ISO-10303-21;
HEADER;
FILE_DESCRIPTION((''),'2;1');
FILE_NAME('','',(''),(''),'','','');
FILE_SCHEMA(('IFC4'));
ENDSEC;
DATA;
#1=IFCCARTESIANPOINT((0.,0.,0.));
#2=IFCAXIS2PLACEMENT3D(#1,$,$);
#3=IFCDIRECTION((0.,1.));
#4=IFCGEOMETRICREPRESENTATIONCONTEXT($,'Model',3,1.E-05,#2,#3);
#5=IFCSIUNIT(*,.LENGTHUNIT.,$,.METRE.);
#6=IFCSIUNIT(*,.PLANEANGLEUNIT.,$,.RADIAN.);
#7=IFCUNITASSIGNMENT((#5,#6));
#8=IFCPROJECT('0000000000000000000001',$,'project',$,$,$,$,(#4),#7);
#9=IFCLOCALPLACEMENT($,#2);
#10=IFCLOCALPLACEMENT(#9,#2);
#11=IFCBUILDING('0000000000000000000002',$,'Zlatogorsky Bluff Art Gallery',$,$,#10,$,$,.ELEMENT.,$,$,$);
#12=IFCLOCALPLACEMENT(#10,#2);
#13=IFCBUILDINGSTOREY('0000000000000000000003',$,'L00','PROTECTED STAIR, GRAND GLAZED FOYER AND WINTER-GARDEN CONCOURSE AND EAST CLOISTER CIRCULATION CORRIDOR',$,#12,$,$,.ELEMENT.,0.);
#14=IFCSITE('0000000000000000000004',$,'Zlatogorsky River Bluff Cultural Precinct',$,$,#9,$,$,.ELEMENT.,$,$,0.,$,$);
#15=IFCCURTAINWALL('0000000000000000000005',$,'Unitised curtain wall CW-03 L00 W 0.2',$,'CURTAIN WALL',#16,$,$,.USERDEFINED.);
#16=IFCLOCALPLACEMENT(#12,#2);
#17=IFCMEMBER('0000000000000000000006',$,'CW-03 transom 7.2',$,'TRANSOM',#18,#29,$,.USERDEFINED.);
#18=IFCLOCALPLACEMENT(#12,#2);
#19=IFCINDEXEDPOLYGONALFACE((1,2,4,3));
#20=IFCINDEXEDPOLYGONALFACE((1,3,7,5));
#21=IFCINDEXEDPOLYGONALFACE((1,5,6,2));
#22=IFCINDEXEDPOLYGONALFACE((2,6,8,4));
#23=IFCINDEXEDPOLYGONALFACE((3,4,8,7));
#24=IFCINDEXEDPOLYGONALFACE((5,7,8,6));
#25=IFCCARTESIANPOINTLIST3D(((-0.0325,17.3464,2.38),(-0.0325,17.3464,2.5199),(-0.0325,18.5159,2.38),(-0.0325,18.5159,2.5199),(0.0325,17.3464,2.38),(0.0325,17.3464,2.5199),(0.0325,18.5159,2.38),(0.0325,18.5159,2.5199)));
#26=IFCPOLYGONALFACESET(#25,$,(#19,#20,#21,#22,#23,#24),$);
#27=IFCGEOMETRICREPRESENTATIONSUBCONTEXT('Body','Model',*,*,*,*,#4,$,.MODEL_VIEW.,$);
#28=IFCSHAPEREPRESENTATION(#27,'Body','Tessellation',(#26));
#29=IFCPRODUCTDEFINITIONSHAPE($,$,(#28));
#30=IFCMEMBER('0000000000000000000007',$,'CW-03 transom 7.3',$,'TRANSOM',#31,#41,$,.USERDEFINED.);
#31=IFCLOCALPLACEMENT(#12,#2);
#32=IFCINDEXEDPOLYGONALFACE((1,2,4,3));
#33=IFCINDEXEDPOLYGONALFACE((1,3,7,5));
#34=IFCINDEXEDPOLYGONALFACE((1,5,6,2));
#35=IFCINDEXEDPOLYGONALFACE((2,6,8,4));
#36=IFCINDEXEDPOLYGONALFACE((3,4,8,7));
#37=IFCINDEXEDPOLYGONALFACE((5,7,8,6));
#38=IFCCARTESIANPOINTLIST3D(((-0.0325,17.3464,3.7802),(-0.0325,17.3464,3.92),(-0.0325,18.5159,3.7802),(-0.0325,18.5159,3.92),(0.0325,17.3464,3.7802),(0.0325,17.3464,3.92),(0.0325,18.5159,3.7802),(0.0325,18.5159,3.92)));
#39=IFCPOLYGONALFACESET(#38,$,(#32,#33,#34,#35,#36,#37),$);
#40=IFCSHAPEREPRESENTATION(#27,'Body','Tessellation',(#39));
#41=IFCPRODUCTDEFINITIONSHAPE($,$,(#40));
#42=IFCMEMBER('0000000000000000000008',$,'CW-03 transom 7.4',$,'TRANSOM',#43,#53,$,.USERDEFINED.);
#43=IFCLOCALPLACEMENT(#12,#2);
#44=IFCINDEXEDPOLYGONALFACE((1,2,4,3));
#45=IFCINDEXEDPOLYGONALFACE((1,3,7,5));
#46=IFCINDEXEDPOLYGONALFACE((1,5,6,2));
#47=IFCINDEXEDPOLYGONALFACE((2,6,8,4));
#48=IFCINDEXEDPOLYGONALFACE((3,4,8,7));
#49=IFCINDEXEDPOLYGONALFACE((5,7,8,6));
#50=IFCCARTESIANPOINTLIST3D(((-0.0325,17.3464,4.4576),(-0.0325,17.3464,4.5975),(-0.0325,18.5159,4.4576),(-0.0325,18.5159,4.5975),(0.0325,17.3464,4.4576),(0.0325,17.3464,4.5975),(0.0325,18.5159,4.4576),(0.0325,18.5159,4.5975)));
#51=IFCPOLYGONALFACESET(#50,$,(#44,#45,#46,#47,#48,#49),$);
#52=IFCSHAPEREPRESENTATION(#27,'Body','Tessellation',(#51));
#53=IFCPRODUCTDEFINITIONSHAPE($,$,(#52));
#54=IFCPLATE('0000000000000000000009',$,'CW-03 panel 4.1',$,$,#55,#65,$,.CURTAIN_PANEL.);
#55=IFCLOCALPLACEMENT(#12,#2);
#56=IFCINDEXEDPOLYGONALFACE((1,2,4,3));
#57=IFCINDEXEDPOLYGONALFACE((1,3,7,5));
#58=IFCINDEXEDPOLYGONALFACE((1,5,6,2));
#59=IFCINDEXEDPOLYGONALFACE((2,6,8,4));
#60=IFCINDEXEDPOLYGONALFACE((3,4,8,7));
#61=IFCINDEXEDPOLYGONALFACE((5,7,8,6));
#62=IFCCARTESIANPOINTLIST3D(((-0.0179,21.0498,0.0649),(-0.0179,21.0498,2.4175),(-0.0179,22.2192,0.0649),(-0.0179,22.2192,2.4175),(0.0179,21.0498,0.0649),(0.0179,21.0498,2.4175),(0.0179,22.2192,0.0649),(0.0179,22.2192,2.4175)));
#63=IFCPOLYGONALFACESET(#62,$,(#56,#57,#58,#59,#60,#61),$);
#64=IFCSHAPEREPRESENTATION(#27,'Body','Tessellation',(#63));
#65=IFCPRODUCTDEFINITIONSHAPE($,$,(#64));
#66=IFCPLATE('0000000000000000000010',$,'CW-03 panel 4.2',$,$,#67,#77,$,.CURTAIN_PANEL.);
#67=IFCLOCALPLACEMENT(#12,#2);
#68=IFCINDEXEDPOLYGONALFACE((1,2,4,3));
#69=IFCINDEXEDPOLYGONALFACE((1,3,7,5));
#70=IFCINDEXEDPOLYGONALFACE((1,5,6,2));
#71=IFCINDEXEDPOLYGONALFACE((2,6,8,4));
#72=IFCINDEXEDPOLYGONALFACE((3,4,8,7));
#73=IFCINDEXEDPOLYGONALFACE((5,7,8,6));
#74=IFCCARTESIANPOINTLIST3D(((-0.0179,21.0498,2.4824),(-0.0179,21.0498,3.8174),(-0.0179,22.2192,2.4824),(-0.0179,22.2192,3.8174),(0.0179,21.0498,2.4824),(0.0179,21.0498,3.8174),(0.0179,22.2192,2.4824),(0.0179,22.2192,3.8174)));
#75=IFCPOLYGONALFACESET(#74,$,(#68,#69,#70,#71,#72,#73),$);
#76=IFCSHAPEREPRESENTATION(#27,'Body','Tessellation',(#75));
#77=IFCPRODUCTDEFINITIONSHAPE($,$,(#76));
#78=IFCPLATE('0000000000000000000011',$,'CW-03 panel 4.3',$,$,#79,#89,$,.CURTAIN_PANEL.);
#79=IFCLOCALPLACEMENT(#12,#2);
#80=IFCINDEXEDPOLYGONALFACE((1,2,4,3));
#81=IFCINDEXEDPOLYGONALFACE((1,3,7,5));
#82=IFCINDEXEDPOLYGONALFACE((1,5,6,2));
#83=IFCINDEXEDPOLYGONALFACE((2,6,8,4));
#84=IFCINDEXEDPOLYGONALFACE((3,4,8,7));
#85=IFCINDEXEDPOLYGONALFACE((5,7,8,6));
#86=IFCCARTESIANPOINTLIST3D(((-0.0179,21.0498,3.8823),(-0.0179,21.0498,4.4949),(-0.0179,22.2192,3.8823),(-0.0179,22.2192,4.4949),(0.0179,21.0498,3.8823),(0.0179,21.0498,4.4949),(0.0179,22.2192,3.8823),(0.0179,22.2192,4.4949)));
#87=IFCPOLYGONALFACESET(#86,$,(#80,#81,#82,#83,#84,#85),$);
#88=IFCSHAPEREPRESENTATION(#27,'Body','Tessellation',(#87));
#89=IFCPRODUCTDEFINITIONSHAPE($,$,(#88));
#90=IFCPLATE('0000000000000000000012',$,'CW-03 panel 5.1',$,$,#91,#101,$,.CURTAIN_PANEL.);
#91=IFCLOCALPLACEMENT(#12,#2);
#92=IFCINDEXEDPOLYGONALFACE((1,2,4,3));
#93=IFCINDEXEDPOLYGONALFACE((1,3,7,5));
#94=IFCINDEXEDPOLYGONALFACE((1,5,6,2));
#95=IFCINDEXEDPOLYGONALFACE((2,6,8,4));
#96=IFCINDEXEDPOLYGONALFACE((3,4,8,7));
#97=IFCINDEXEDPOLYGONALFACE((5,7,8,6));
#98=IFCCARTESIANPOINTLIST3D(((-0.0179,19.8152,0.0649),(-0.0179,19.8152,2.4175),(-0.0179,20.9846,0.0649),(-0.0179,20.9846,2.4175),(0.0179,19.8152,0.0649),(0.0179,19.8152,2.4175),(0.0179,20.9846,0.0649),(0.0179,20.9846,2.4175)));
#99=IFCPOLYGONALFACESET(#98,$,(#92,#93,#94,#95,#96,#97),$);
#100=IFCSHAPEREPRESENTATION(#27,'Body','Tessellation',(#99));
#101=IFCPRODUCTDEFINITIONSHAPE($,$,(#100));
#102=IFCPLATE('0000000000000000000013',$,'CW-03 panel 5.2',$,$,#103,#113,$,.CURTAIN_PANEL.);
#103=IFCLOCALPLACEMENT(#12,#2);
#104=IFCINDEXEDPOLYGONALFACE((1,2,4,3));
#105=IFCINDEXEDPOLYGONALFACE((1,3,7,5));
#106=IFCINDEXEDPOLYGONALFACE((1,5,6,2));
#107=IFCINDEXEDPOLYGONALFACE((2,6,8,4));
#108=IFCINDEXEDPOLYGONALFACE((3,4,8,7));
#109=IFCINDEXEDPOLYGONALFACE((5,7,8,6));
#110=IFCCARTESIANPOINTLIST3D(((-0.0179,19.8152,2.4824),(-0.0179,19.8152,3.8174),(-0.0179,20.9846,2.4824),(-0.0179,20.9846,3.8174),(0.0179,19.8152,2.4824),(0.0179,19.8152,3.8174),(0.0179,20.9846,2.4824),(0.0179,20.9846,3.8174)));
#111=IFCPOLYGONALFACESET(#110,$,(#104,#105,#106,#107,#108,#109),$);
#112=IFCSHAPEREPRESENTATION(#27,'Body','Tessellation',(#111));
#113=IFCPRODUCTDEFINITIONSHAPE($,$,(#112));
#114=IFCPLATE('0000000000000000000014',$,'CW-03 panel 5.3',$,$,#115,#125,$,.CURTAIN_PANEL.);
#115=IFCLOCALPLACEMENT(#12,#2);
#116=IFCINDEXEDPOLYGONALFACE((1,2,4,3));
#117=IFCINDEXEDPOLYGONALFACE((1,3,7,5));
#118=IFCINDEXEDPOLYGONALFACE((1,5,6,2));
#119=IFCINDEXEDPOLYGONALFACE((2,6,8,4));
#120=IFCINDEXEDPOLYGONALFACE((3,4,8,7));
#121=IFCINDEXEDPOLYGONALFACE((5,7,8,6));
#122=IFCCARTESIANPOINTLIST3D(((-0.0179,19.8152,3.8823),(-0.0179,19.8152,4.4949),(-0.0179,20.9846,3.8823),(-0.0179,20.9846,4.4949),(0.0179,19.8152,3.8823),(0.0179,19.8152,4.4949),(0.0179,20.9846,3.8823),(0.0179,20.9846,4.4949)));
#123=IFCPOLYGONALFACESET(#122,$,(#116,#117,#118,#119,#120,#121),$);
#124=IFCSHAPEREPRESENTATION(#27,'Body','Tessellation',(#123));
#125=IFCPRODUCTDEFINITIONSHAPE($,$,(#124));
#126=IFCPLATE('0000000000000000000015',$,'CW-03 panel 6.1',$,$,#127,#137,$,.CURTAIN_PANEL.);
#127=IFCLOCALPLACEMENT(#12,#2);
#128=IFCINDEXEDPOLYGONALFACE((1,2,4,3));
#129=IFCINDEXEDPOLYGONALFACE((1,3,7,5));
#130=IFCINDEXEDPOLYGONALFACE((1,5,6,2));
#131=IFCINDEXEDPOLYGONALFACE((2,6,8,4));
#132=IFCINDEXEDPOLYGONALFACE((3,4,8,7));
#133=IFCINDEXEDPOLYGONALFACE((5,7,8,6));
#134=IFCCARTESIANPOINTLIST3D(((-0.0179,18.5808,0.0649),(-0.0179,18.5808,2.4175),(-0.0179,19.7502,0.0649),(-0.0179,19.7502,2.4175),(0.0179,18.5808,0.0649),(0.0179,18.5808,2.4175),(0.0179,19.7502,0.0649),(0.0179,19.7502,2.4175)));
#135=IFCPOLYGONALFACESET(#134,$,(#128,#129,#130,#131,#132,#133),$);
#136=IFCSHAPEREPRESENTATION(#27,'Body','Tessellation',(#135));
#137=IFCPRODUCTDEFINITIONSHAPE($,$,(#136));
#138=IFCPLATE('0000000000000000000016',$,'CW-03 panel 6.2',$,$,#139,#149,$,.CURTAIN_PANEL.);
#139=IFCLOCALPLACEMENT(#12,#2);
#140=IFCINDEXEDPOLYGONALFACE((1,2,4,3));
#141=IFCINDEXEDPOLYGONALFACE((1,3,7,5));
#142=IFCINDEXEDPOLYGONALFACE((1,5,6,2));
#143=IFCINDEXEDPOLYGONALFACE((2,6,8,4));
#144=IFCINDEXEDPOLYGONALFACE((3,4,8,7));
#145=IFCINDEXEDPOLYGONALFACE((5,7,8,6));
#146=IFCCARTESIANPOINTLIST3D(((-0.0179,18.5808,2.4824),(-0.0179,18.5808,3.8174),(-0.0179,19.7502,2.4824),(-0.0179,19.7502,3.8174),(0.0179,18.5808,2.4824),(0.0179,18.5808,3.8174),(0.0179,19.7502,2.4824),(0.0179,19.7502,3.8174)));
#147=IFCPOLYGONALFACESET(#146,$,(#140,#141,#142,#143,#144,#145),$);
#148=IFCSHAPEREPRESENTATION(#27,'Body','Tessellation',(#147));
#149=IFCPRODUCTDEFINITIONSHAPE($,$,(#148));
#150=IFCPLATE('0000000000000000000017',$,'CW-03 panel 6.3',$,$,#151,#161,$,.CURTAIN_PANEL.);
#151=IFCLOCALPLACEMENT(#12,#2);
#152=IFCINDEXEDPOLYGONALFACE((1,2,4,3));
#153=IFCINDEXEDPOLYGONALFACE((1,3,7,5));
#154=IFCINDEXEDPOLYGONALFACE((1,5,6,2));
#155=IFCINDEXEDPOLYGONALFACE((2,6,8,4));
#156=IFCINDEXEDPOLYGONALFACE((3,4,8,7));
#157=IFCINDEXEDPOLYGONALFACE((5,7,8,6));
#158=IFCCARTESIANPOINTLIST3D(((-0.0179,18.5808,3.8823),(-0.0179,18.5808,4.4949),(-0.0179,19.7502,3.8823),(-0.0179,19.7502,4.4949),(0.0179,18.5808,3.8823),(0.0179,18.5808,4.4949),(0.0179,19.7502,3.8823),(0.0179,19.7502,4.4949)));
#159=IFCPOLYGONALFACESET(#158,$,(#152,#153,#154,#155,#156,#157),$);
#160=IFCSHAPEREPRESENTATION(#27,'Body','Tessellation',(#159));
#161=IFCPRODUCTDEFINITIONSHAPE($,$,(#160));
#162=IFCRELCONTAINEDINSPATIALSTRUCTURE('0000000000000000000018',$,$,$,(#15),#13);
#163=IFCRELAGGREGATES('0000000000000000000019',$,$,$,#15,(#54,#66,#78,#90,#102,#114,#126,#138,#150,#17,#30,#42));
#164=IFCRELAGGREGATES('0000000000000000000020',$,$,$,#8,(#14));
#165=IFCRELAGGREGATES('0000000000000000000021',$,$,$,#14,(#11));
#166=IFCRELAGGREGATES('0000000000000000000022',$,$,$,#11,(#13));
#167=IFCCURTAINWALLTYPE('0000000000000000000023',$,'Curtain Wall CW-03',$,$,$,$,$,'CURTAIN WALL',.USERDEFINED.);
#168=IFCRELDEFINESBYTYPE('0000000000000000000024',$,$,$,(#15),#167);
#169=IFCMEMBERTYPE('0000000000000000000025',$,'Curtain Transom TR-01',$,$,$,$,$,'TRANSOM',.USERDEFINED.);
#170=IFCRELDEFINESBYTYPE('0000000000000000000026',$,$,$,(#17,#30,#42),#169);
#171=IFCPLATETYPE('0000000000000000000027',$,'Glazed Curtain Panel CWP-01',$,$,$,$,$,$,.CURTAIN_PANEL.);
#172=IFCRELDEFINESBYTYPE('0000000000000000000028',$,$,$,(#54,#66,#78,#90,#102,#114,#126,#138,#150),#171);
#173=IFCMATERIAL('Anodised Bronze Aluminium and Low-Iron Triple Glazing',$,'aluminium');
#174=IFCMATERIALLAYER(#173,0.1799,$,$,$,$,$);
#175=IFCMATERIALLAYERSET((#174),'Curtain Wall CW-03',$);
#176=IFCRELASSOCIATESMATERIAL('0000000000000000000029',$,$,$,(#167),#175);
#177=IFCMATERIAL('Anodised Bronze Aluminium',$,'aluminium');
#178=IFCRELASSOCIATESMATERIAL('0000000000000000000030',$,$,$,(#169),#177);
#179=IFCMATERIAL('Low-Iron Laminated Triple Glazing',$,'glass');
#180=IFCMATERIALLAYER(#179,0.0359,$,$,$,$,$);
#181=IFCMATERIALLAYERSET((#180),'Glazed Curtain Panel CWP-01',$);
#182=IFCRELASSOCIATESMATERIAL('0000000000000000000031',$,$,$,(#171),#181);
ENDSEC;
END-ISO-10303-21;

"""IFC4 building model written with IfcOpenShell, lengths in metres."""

from ifc_helpers import new_model, si_unit, direction, frame, origin, origin_2d, place, context, subcontext, project, spatial, rectangle, extrude, material, layer, layer_set, material_profile, profile_set, type_object, element, aggregate, save


model = new_model("IFC4")

# Units and contexts
model_context = context("Model", 3, precision=1e-05, world=origin(), true_north=direction((0.0, 1.0)))
body_context = subcontext(model_context, "Body", "Model", "MODEL_VIEW")
ifc_project = project(units=[si_unit("LENGTHUNIT", "METRE"), si_unit("PLANEANGLEUNIT", "RADIAN")], contexts=[model_context])

# Site, building, storey
site_placement = place(None, origin())
site = spatial("IfcSite", under=ifc_project, at=site_placement, Name="Zlatogorsky River Bluff Cultural Precinct", CompositionType="ELEMENT", RefElevation=0.0)
building_placement = place(site_placement, origin())
building = spatial("IfcBuilding", under=site, at=building_placement, Name="Zlatogorsky Bluff Art Gallery", CompositionType="ELEMENT")
storey_placement = place(building_placement, origin())
storey = spatial("IfcBuildingStorey", under=building, at=storey_placement, Name="L00", Description="PROTECTED STAIR, GRAND GLAZED FOYER AND WINTER-GARDEN CONCOURSE AND EAST CLOISTER CIRCULATION CORRIDOR", CompositionType="ELEMENT", Elevation=0.0)

# Curtain wall, members, plates
ifc_material_1 = material(Name="Anodised Bronze Aluminium and Low-Iron Triple Glazing", Category="aluminium")
ifc_layer_1 = layer(ifc_material_1, 0.1799)
ifc_layer_set_1 = layer_set([ifc_layer_1], Name="Curtain Wall CW-03")
curtain_wall_type = type_object("IfcCurtainWallType", Name="Curtain Wall CW-03", ElementType="CURTAIN WALL", PredefinedType="USERDEFINED", material=ifc_layer_set_1)
curtain_wall_placement = place(storey_placement, origin())
curtain_wall = element("IfcCurtainWall", 1, at=curtain_wall_placement, inside=storey, type_object=curtain_wall_type, Name="Unitised curtain wall CW-03 L00 W 0.2", ObjectType="CURTAIN WALL", PredefinedType="USERDEFINED")
ifc_material_2 = material(Name="Anodised Bronze Aluminium", Category="aluminium")
ifc_material_profile_1 = material_profile(ifc_material_2, rectangle(XDim=0.0649, YDim=0.1399, at=origin_2d()), Name="ALU TRANSOM 65x140")
ifc_profile_set_1 = profile_set([ifc_material_profile_1], Name="Anodised Bronze Aluminium")
member_type_1 = type_object("IfcMemberType", Name="Curtain Transom TR-01", ElementType="TRANSOM", PredefinedType="USERDEFINED", material=ifc_profile_set_1)
member_1_placement = place(storey_placement, frame((0.0, 18.5159, 2.45), z_axis=(0.0, -1.0, 0.0), x_axis=(1.0, 0.0, 0.0)))
member_1 = element("IfcMember", 2, at=member_1_placement, type_object=member_type_1, Name="CW-03 transom 7.2", ObjectType="TRANSOM", PredefinedType="USERDEFINED", context=body_context, shape_type="SweptSolid", body=[
    extrude(rectangle(XDim=0.0649, YDim=0.1399, at=origin_2d()), origin(), (0.0, 0.0, 1.0), 1.1694),
])
member_2_placement = place(storey_placement, frame((0.0, 18.5159, 3.8501), z_axis=(0.0, -1.0, 0.0), x_axis=(1.0, 0.0, 0.0)))
member_2 = element("IfcMember", 3, at=member_2_placement, type_object=member_type_1, Name="CW-03 transom 7.3", ObjectType="TRANSOM", PredefinedType="USERDEFINED", context=body_context, shape_type="SweptSolid", body=[
    extrude(rectangle(XDim=0.0649, YDim=0.1399, at=origin_2d()), origin(), (0.0, 0.0, 1.0), 1.1694),
])
member_3_placement = place(storey_placement, frame((0.0, 18.5159, 4.5276), z_axis=(0.0, -1.0, 0.0), x_axis=(1.0, 0.0, 0.0)))
member_3 = element("IfcMember", 4, at=member_3_placement, type_object=member_type_1, Name="CW-03 transom 7.4", ObjectType="TRANSOM", PredefinedType="USERDEFINED", context=body_context, shape_type="SweptSolid", body=[
    extrude(rectangle(XDim=0.0649, YDim=0.1399, at=origin_2d()), origin(), (0.0, 0.0, 1.0), 1.1694),
])
ifc_material_3 = material(Name="Low-Iron Laminated Triple Glazing", Category="glass")
ifc_layer_2 = layer(ifc_material_3, 0.0359)
ifc_layer_set_2 = layer_set([ifc_layer_2], Name="Glazed Curtain Panel CWP-01")
plate_type = type_object("IfcPlateType", Name="Glazed Curtain Panel CWP-01", PredefinedType="CURTAIN_PANEL", material=ifc_layer_set_2)
plate_1_placement = place(storey_placement, frame((0.0, 21.6345, 0.0649), z_axis=(0.0, 0.0, 1.0), x_axis=(0.0, -1.0, 0.0)))
plate_1 = element("IfcPlate", 5, at=plate_1_placement, type_object=plate_type, Name="CW-03 panel 4.1", PredefinedType="CURTAIN_PANEL", context=body_context, shape_type="SweptSolid", body=[
    extrude(rectangle(XDim=1.1694, YDim=0.0359, at=origin_2d()), origin(), (0.0, 0.0, 1.0), 2.3525),
])
plate_2_placement = place(storey_placement, frame((0.0, 21.6345, 2.4824), z_axis=(0.0, 0.0, 1.0), x_axis=(0.0, -1.0, 0.0)))
plate_2 = element("IfcPlate", 6, at=plate_2_placement, type_object=plate_type, Name="CW-03 panel 4.2", PredefinedType="CURTAIN_PANEL", context=body_context, shape_type="SweptSolid", body=[
    extrude(rectangle(XDim=1.1694, YDim=0.0359, at=origin_2d()), origin(), (0.0, 0.0, 1.0), 1.335),
])
plate_3_placement = place(storey_placement, frame((0.0, 21.6345, 3.8823), z_axis=(0.0, 0.0, 1.0), x_axis=(0.0, -1.0, 0.0)))
plate_3 = element("IfcPlate", 7, at=plate_3_placement, type_object=plate_type, Name="CW-03 panel 4.3", PredefinedType="CURTAIN_PANEL", context=body_context, shape_type="SweptSolid", body=[
    extrude(rectangle(XDim=1.1694, YDim=0.0359, at=origin_2d()), origin(), (0.0, 0.0, 1.0), 0.6125),
])
plate_4_placement = place(storey_placement, frame((0.0, 20.3999, 0.0649), z_axis=(0.0, 0.0, 1.0), x_axis=(0.0, -1.0, 0.0)))
plate_4 = element("IfcPlate", 8, at=plate_4_placement, type_object=plate_type, Name="CW-03 panel 5.1", PredefinedType="CURTAIN_PANEL", context=body_context, shape_type="SweptSolid", body=[
    extrude(rectangle(XDim=1.1694, YDim=0.0359, at=origin_2d()), origin(), (0.0, 0.0, 1.0), 2.3525),
])
plate_5_placement = place(storey_placement, frame((0.0, 20.3999, 2.4824), z_axis=(0.0, 0.0, 1.0), x_axis=(0.0, -1.0, 0.0)))
plate_5 = element("IfcPlate", 9, at=plate_5_placement, type_object=plate_type, Name="CW-03 panel 5.2", PredefinedType="CURTAIN_PANEL", context=body_context, shape_type="SweptSolid", body=[
    extrude(rectangle(XDim=1.1694, YDim=0.0359, at=origin_2d()), origin(), (0.0, 0.0, 1.0), 1.335),
])
plate_6_placement = place(storey_placement, frame((0.0, 20.3999, 3.8823), z_axis=(0.0, 0.0, 1.0), x_axis=(0.0, -1.0, 0.0)))
plate_6 = element("IfcPlate", 10, at=plate_6_placement, type_object=plate_type, Name="CW-03 panel 5.3", PredefinedType="CURTAIN_PANEL", context=body_context, shape_type="SweptSolid", body=[
    extrude(rectangle(XDim=1.1694, YDim=0.0359, at=origin_2d()), origin(), (0.0, 0.0, 1.0), 0.6125),
])
plate_7_placement = place(storey_placement, frame((0.0, 19.1655, 0.0649), z_axis=(0.0, 0.0, 1.0), x_axis=(0.0, -1.0, 0.0)))
plate_7 = element("IfcPlate", 11, at=plate_7_placement, type_object=plate_type, Name="CW-03 panel 6.1", PredefinedType="CURTAIN_PANEL", context=body_context, shape_type="SweptSolid", body=[
    extrude(rectangle(XDim=1.1694, YDim=0.0359, at=origin_2d()), origin(), (0.0, 0.0, 1.0), 2.3525),
])
plate_8_placement = place(storey_placement, frame((0.0, 19.1655, 2.4824), z_axis=(0.0, 0.0, 1.0), x_axis=(0.0, -1.0, 0.0)))
plate_8 = element("IfcPlate", 12, at=plate_8_placement, type_object=plate_type, Name="CW-03 panel 6.2", PredefinedType="CURTAIN_PANEL", context=body_context, shape_type="SweptSolid", body=[
    extrude(rectangle(XDim=1.1694, YDim=0.0359, at=origin_2d()), origin(), (0.0, 0.0, 1.0), 1.335),
])
plate_9_placement = place(storey_placement, frame((0.0, 19.1655, 3.8823), z_axis=(0.0, 0.0, 1.0), x_axis=(0.0, -1.0, 0.0)))
plate_9 = element("IfcPlate", 13, at=plate_9_placement, type_object=plate_type, Name="CW-03 panel 6.3", PredefinedType="CURTAIN_PANEL", context=body_context, shape_type="SweptSolid", body=[
    extrude(rectangle(XDim=1.1694, YDim=0.0359, at=origin_2d()), origin(), (0.0, 0.0, 1.0), 0.6125),
])
aggregate(curtain_wall, [plate_1, plate_2, plate_3, plate_4, plate_5, plate_6, plate_7, plate_8, plate_9, member_1, member_2, member_3])

save(model, "model.ifc")
